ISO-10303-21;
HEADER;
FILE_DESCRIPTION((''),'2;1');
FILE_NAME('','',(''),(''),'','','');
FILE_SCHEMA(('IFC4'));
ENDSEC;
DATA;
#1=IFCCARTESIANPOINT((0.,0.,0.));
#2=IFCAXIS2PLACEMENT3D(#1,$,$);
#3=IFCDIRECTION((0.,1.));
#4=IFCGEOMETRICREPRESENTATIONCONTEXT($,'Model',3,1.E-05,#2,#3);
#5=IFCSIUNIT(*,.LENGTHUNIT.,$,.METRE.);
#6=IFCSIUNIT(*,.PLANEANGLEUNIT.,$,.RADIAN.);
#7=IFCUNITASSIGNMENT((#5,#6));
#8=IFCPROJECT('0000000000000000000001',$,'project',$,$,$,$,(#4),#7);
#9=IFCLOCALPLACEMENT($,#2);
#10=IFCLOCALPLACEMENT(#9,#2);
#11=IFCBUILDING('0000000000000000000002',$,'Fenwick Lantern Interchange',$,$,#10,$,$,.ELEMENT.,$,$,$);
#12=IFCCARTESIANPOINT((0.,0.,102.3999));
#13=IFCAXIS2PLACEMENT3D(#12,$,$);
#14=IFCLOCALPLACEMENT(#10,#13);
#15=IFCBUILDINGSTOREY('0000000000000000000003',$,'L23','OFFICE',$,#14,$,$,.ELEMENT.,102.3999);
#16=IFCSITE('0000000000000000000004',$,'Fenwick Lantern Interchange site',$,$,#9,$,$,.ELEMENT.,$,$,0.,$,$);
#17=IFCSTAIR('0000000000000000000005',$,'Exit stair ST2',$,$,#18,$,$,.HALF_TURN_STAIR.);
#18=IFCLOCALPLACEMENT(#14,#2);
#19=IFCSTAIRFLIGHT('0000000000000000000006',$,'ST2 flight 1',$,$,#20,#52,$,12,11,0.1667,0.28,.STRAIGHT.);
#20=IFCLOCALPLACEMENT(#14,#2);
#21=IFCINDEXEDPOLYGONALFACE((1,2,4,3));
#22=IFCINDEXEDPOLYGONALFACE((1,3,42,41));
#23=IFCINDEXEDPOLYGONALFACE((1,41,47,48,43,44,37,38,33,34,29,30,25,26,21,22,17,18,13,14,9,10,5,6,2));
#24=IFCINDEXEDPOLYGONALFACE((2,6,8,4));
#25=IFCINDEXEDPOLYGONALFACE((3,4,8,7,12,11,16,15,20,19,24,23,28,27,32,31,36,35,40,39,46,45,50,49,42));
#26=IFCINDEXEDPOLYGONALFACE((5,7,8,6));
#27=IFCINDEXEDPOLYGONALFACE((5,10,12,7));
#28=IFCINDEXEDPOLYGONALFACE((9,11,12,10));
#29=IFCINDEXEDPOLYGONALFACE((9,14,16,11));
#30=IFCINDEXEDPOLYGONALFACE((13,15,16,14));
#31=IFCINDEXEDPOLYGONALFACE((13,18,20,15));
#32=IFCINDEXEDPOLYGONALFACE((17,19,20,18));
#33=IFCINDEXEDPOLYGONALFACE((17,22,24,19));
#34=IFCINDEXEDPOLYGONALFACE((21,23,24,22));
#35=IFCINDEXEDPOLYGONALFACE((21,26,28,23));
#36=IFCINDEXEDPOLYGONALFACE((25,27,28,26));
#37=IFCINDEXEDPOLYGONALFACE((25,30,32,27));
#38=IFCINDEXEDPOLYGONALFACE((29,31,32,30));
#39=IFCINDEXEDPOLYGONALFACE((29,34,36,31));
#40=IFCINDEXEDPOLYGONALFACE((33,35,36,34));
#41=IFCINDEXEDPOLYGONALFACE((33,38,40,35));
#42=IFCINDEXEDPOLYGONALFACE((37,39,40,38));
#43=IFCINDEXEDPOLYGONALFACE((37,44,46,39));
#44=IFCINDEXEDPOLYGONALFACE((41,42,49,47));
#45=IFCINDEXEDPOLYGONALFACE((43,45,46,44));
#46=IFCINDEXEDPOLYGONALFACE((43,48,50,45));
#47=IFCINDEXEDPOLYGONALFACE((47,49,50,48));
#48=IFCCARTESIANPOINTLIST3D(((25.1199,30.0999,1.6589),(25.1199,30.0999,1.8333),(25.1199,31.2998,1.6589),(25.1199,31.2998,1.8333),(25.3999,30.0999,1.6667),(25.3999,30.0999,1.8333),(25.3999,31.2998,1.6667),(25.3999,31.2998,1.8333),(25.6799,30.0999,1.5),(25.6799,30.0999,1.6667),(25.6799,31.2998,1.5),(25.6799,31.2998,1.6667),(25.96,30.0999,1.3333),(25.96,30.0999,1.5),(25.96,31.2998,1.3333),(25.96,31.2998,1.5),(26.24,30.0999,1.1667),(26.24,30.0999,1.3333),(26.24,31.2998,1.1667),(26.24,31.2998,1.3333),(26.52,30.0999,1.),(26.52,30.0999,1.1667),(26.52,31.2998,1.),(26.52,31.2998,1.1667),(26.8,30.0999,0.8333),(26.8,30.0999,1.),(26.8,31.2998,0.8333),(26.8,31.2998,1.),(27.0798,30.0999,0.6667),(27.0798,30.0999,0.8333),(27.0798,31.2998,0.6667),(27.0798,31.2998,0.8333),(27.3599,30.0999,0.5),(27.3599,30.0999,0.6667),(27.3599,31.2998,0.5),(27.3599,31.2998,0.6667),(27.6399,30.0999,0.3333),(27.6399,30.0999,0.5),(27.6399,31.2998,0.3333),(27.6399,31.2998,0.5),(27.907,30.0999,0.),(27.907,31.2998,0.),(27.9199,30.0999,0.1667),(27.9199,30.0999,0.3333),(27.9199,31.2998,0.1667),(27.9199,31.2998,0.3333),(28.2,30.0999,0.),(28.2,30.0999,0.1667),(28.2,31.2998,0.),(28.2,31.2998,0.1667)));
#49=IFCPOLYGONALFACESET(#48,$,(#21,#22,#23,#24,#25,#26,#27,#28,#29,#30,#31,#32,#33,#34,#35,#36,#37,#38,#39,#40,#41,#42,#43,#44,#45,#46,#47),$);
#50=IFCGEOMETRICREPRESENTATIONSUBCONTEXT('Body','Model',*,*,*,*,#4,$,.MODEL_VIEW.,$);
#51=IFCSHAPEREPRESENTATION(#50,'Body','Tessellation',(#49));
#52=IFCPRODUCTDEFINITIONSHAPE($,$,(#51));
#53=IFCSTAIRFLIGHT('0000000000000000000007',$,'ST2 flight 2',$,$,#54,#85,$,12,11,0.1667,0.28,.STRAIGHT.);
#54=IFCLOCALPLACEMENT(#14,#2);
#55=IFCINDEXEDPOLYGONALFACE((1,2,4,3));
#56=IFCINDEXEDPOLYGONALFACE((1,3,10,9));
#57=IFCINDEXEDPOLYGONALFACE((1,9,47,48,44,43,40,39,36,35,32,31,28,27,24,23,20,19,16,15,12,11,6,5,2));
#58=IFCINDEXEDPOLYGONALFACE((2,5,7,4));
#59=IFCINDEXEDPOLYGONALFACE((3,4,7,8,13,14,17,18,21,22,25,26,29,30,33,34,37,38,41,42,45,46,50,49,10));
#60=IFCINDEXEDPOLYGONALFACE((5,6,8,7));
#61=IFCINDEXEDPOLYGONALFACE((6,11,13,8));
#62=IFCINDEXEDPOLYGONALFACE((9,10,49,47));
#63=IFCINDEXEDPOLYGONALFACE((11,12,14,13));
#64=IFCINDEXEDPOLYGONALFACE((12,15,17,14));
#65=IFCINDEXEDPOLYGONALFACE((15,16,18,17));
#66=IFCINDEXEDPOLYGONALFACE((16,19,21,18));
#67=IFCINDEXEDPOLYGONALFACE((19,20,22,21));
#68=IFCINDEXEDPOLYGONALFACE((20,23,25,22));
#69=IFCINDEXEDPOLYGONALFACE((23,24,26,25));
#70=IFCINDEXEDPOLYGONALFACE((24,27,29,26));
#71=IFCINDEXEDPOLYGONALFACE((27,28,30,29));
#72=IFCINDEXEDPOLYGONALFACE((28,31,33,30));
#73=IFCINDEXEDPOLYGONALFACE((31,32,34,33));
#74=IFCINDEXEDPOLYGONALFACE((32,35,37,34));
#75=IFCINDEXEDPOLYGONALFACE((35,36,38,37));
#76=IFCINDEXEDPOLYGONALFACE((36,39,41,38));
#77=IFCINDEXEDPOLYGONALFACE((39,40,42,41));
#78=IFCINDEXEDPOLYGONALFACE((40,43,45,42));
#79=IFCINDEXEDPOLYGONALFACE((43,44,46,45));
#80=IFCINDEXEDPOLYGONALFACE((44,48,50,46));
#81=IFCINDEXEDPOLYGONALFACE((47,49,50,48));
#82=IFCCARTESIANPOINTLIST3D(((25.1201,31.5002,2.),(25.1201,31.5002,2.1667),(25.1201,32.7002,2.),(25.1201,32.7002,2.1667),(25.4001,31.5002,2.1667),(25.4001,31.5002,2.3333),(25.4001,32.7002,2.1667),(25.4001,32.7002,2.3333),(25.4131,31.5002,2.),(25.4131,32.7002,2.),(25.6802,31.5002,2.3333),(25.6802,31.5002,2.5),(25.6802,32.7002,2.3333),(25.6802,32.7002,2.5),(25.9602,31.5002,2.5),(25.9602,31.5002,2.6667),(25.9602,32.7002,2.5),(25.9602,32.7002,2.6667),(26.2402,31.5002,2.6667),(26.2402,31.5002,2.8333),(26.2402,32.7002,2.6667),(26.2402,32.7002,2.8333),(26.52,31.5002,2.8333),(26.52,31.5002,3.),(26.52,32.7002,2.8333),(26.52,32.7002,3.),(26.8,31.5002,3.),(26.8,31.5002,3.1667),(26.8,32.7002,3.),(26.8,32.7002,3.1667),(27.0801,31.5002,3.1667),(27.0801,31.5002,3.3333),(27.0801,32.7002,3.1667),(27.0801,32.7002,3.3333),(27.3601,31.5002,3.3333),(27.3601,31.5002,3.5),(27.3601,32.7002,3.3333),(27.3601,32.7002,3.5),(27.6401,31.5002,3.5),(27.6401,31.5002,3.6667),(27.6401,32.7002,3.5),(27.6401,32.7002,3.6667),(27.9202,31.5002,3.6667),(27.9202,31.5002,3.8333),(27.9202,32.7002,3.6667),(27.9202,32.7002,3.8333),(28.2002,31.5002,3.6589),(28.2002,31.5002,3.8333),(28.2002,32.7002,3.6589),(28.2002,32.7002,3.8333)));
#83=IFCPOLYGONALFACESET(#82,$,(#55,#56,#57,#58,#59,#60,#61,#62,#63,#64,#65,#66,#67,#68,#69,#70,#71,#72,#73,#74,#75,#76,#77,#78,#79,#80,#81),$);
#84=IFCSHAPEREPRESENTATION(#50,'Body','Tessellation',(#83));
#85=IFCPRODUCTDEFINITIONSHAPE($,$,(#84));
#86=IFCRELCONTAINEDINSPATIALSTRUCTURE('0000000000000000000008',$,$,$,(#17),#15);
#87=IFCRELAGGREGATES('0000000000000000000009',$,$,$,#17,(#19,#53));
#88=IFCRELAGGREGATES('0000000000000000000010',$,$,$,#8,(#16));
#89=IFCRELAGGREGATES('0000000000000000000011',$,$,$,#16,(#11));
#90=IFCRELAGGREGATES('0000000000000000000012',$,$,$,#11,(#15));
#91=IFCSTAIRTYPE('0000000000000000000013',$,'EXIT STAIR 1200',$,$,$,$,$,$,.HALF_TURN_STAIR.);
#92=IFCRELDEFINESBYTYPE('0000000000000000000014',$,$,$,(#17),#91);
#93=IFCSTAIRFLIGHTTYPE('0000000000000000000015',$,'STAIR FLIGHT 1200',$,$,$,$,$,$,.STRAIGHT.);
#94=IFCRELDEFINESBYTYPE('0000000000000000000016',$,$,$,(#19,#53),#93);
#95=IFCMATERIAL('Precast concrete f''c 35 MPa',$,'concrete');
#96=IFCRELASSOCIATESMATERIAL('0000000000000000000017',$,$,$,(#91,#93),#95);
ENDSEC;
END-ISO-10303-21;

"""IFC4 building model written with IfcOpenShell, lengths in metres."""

from ifc_helpers import new_model, si_unit, direction, frame, origin, place, context, subcontext, project, spatial, polyline, outline, extrude, material, type_object, element, aggregate, save


model = new_model("IFC4")

# Units and contexts
model_context = context("Model", 3, precision=1e-05, world=origin(), true_north=direction((0.0, 1.0)))
body_context = subcontext(model_context, "Body", "Model", "MODEL_VIEW")
ifc_project = project(units=[si_unit("LENGTHUNIT", "METRE"), si_unit("PLANEANGLEUNIT", "RADIAN")], contexts=[model_context])

# Site, building, storey
site_placement = place(None, origin())
site = spatial("IfcSite", under=ifc_project, at=site_placement, Name="Fenwick Lantern Interchange site", CompositionType="ELEMENT", RefElevation=0.0)
building_placement = place(site_placement, origin())
building = spatial("IfcBuilding", under=site, at=building_placement, Name="Fenwick Lantern Interchange", CompositionType="ELEMENT")
storey_placement = place(building_placement, frame((0.0, 0.0, 102.3999)))
storey = spatial("IfcBuildingStorey", under=building, at=storey_placement, Name="L23", Description="OFFICE", CompositionType="ELEMENT", Elevation=102.3999)

# Stair, stair flights
ifc_material_1 = material(Name="Precast concrete f'c 35 MPa", Category="concrete")
stair_type = type_object("IfcStairType", Name="EXIT STAIR 1200", PredefinedType="HALF_TURN_STAIR", material=ifc_material_1)
stair_placement = place(storey_placement, origin())
stair = element("IfcStair", 1, at=stair_placement, inside=storey, type_object=stair_type, Name="Exit stair ST2", PredefinedType="HALF_TURN_STAIR")
stair_flight_type = type_object("IfcStairFlightType", Name="STAIR FLIGHT 1200", PredefinedType="STRAIGHT", material=ifc_material_1)
stair_flight_1_placement = place(storey_placement, frame((28.2, 30.7, 0.0), z_axis=(0.0, 0.0, 1.0), x_axis=(-1.0, 0.0, 0.0)))
stair_flight_1 = element("IfcStairFlight", 2, at=stair_flight_1_placement, type_object=stair_flight_type, Name="ST2 flight 1", NumberOfRisers=12, NumberOfTreads=11, PredefinedType="STRAIGHT", RiserHeight=0.1667, TreadLength=0.28, context=body_context, shape_type="SweptSolid", body=[
    extrude(outline(polyline([(0.0, 0.0), (0.0, 0.1667), (0.28, 0.1667), (0.28, 0.3333), (0.5601, 0.3333), (0.5601, 0.5), (0.8401, 0.5), (0.8401, 0.6667), (1.1201, 0.6667), (1.1201, 0.8333), (1.3999, 0.8333), (1.3999, 1.0), (1.6799, 1.0), (1.6799, 1.1667), (1.96, 1.1667), (1.96, 1.3333), (2.24, 1.3333), (2.24, 1.5), (2.52, 1.5), (2.52, 1.6667), (2.8, 1.6667), (2.8, 1.8333), (3.0801, 1.8333), (3.0801, 2.0), (3.0801, 1.6589), (0.293, 0.0), (0.0, 0.0)])), frame((0.0, 0.6001, 0.0), z_axis=(0.0, -1.0, 0.0), x_axis=(1.0, 0.0, 0.0)), (0.0, 0.0, 1.0), 1.2),
])
stair_flight_2_placement = place(storey_placement, frame((25.1201, 32.1001, 2.0), z_axis=(0.0, 0.0, 1.0), x_axis=(1.0, 0.0, 0.0)))
stair_flight_2 = element("IfcStairFlight", 3, at=stair_flight_2_placement, type_object=stair_flight_type, Name="ST2 flight 2", NumberOfRisers=12, NumberOfTreads=11, PredefinedType="STRAIGHT", RiserHeight=0.1667, TreadLength=0.28, context=body_context, shape_type="SweptSolid", body=[
    extrude(outline(polyline([(0.0, 0.0), (0.0, 0.1667), (0.28, 0.1667), (0.28, 0.3333), (0.5601, 0.3333), (0.5601, 0.5), (0.8401, 0.5), (0.8401, 0.6667), (1.1201, 0.6667), (1.1201, 0.8333), (1.3999, 0.8333), (1.3999, 1.0), (1.6799, 1.0), (1.6799, 1.1667), (1.96, 1.1667), (1.96, 1.3333), (2.24, 1.3333), (2.24, 1.5), (2.52, 1.5), (2.52, 1.6667), (2.8, 1.6667), (2.8, 1.8333), (3.0801, 1.8333), (3.0801, 2.0), (3.0801, 1.6589), (0.293, 0.0), (0.0, 0.0)])), frame((0.0, 0.6001, 0.0), z_axis=(0.0, -1.0, 0.0), x_axis=(1.0, 0.0, 0.0)), (0.0, 0.0, 1.0), 1.2),
])
aggregate(stair, [stair_flight_1, stair_flight_2])

save(model, "model.ifc")
